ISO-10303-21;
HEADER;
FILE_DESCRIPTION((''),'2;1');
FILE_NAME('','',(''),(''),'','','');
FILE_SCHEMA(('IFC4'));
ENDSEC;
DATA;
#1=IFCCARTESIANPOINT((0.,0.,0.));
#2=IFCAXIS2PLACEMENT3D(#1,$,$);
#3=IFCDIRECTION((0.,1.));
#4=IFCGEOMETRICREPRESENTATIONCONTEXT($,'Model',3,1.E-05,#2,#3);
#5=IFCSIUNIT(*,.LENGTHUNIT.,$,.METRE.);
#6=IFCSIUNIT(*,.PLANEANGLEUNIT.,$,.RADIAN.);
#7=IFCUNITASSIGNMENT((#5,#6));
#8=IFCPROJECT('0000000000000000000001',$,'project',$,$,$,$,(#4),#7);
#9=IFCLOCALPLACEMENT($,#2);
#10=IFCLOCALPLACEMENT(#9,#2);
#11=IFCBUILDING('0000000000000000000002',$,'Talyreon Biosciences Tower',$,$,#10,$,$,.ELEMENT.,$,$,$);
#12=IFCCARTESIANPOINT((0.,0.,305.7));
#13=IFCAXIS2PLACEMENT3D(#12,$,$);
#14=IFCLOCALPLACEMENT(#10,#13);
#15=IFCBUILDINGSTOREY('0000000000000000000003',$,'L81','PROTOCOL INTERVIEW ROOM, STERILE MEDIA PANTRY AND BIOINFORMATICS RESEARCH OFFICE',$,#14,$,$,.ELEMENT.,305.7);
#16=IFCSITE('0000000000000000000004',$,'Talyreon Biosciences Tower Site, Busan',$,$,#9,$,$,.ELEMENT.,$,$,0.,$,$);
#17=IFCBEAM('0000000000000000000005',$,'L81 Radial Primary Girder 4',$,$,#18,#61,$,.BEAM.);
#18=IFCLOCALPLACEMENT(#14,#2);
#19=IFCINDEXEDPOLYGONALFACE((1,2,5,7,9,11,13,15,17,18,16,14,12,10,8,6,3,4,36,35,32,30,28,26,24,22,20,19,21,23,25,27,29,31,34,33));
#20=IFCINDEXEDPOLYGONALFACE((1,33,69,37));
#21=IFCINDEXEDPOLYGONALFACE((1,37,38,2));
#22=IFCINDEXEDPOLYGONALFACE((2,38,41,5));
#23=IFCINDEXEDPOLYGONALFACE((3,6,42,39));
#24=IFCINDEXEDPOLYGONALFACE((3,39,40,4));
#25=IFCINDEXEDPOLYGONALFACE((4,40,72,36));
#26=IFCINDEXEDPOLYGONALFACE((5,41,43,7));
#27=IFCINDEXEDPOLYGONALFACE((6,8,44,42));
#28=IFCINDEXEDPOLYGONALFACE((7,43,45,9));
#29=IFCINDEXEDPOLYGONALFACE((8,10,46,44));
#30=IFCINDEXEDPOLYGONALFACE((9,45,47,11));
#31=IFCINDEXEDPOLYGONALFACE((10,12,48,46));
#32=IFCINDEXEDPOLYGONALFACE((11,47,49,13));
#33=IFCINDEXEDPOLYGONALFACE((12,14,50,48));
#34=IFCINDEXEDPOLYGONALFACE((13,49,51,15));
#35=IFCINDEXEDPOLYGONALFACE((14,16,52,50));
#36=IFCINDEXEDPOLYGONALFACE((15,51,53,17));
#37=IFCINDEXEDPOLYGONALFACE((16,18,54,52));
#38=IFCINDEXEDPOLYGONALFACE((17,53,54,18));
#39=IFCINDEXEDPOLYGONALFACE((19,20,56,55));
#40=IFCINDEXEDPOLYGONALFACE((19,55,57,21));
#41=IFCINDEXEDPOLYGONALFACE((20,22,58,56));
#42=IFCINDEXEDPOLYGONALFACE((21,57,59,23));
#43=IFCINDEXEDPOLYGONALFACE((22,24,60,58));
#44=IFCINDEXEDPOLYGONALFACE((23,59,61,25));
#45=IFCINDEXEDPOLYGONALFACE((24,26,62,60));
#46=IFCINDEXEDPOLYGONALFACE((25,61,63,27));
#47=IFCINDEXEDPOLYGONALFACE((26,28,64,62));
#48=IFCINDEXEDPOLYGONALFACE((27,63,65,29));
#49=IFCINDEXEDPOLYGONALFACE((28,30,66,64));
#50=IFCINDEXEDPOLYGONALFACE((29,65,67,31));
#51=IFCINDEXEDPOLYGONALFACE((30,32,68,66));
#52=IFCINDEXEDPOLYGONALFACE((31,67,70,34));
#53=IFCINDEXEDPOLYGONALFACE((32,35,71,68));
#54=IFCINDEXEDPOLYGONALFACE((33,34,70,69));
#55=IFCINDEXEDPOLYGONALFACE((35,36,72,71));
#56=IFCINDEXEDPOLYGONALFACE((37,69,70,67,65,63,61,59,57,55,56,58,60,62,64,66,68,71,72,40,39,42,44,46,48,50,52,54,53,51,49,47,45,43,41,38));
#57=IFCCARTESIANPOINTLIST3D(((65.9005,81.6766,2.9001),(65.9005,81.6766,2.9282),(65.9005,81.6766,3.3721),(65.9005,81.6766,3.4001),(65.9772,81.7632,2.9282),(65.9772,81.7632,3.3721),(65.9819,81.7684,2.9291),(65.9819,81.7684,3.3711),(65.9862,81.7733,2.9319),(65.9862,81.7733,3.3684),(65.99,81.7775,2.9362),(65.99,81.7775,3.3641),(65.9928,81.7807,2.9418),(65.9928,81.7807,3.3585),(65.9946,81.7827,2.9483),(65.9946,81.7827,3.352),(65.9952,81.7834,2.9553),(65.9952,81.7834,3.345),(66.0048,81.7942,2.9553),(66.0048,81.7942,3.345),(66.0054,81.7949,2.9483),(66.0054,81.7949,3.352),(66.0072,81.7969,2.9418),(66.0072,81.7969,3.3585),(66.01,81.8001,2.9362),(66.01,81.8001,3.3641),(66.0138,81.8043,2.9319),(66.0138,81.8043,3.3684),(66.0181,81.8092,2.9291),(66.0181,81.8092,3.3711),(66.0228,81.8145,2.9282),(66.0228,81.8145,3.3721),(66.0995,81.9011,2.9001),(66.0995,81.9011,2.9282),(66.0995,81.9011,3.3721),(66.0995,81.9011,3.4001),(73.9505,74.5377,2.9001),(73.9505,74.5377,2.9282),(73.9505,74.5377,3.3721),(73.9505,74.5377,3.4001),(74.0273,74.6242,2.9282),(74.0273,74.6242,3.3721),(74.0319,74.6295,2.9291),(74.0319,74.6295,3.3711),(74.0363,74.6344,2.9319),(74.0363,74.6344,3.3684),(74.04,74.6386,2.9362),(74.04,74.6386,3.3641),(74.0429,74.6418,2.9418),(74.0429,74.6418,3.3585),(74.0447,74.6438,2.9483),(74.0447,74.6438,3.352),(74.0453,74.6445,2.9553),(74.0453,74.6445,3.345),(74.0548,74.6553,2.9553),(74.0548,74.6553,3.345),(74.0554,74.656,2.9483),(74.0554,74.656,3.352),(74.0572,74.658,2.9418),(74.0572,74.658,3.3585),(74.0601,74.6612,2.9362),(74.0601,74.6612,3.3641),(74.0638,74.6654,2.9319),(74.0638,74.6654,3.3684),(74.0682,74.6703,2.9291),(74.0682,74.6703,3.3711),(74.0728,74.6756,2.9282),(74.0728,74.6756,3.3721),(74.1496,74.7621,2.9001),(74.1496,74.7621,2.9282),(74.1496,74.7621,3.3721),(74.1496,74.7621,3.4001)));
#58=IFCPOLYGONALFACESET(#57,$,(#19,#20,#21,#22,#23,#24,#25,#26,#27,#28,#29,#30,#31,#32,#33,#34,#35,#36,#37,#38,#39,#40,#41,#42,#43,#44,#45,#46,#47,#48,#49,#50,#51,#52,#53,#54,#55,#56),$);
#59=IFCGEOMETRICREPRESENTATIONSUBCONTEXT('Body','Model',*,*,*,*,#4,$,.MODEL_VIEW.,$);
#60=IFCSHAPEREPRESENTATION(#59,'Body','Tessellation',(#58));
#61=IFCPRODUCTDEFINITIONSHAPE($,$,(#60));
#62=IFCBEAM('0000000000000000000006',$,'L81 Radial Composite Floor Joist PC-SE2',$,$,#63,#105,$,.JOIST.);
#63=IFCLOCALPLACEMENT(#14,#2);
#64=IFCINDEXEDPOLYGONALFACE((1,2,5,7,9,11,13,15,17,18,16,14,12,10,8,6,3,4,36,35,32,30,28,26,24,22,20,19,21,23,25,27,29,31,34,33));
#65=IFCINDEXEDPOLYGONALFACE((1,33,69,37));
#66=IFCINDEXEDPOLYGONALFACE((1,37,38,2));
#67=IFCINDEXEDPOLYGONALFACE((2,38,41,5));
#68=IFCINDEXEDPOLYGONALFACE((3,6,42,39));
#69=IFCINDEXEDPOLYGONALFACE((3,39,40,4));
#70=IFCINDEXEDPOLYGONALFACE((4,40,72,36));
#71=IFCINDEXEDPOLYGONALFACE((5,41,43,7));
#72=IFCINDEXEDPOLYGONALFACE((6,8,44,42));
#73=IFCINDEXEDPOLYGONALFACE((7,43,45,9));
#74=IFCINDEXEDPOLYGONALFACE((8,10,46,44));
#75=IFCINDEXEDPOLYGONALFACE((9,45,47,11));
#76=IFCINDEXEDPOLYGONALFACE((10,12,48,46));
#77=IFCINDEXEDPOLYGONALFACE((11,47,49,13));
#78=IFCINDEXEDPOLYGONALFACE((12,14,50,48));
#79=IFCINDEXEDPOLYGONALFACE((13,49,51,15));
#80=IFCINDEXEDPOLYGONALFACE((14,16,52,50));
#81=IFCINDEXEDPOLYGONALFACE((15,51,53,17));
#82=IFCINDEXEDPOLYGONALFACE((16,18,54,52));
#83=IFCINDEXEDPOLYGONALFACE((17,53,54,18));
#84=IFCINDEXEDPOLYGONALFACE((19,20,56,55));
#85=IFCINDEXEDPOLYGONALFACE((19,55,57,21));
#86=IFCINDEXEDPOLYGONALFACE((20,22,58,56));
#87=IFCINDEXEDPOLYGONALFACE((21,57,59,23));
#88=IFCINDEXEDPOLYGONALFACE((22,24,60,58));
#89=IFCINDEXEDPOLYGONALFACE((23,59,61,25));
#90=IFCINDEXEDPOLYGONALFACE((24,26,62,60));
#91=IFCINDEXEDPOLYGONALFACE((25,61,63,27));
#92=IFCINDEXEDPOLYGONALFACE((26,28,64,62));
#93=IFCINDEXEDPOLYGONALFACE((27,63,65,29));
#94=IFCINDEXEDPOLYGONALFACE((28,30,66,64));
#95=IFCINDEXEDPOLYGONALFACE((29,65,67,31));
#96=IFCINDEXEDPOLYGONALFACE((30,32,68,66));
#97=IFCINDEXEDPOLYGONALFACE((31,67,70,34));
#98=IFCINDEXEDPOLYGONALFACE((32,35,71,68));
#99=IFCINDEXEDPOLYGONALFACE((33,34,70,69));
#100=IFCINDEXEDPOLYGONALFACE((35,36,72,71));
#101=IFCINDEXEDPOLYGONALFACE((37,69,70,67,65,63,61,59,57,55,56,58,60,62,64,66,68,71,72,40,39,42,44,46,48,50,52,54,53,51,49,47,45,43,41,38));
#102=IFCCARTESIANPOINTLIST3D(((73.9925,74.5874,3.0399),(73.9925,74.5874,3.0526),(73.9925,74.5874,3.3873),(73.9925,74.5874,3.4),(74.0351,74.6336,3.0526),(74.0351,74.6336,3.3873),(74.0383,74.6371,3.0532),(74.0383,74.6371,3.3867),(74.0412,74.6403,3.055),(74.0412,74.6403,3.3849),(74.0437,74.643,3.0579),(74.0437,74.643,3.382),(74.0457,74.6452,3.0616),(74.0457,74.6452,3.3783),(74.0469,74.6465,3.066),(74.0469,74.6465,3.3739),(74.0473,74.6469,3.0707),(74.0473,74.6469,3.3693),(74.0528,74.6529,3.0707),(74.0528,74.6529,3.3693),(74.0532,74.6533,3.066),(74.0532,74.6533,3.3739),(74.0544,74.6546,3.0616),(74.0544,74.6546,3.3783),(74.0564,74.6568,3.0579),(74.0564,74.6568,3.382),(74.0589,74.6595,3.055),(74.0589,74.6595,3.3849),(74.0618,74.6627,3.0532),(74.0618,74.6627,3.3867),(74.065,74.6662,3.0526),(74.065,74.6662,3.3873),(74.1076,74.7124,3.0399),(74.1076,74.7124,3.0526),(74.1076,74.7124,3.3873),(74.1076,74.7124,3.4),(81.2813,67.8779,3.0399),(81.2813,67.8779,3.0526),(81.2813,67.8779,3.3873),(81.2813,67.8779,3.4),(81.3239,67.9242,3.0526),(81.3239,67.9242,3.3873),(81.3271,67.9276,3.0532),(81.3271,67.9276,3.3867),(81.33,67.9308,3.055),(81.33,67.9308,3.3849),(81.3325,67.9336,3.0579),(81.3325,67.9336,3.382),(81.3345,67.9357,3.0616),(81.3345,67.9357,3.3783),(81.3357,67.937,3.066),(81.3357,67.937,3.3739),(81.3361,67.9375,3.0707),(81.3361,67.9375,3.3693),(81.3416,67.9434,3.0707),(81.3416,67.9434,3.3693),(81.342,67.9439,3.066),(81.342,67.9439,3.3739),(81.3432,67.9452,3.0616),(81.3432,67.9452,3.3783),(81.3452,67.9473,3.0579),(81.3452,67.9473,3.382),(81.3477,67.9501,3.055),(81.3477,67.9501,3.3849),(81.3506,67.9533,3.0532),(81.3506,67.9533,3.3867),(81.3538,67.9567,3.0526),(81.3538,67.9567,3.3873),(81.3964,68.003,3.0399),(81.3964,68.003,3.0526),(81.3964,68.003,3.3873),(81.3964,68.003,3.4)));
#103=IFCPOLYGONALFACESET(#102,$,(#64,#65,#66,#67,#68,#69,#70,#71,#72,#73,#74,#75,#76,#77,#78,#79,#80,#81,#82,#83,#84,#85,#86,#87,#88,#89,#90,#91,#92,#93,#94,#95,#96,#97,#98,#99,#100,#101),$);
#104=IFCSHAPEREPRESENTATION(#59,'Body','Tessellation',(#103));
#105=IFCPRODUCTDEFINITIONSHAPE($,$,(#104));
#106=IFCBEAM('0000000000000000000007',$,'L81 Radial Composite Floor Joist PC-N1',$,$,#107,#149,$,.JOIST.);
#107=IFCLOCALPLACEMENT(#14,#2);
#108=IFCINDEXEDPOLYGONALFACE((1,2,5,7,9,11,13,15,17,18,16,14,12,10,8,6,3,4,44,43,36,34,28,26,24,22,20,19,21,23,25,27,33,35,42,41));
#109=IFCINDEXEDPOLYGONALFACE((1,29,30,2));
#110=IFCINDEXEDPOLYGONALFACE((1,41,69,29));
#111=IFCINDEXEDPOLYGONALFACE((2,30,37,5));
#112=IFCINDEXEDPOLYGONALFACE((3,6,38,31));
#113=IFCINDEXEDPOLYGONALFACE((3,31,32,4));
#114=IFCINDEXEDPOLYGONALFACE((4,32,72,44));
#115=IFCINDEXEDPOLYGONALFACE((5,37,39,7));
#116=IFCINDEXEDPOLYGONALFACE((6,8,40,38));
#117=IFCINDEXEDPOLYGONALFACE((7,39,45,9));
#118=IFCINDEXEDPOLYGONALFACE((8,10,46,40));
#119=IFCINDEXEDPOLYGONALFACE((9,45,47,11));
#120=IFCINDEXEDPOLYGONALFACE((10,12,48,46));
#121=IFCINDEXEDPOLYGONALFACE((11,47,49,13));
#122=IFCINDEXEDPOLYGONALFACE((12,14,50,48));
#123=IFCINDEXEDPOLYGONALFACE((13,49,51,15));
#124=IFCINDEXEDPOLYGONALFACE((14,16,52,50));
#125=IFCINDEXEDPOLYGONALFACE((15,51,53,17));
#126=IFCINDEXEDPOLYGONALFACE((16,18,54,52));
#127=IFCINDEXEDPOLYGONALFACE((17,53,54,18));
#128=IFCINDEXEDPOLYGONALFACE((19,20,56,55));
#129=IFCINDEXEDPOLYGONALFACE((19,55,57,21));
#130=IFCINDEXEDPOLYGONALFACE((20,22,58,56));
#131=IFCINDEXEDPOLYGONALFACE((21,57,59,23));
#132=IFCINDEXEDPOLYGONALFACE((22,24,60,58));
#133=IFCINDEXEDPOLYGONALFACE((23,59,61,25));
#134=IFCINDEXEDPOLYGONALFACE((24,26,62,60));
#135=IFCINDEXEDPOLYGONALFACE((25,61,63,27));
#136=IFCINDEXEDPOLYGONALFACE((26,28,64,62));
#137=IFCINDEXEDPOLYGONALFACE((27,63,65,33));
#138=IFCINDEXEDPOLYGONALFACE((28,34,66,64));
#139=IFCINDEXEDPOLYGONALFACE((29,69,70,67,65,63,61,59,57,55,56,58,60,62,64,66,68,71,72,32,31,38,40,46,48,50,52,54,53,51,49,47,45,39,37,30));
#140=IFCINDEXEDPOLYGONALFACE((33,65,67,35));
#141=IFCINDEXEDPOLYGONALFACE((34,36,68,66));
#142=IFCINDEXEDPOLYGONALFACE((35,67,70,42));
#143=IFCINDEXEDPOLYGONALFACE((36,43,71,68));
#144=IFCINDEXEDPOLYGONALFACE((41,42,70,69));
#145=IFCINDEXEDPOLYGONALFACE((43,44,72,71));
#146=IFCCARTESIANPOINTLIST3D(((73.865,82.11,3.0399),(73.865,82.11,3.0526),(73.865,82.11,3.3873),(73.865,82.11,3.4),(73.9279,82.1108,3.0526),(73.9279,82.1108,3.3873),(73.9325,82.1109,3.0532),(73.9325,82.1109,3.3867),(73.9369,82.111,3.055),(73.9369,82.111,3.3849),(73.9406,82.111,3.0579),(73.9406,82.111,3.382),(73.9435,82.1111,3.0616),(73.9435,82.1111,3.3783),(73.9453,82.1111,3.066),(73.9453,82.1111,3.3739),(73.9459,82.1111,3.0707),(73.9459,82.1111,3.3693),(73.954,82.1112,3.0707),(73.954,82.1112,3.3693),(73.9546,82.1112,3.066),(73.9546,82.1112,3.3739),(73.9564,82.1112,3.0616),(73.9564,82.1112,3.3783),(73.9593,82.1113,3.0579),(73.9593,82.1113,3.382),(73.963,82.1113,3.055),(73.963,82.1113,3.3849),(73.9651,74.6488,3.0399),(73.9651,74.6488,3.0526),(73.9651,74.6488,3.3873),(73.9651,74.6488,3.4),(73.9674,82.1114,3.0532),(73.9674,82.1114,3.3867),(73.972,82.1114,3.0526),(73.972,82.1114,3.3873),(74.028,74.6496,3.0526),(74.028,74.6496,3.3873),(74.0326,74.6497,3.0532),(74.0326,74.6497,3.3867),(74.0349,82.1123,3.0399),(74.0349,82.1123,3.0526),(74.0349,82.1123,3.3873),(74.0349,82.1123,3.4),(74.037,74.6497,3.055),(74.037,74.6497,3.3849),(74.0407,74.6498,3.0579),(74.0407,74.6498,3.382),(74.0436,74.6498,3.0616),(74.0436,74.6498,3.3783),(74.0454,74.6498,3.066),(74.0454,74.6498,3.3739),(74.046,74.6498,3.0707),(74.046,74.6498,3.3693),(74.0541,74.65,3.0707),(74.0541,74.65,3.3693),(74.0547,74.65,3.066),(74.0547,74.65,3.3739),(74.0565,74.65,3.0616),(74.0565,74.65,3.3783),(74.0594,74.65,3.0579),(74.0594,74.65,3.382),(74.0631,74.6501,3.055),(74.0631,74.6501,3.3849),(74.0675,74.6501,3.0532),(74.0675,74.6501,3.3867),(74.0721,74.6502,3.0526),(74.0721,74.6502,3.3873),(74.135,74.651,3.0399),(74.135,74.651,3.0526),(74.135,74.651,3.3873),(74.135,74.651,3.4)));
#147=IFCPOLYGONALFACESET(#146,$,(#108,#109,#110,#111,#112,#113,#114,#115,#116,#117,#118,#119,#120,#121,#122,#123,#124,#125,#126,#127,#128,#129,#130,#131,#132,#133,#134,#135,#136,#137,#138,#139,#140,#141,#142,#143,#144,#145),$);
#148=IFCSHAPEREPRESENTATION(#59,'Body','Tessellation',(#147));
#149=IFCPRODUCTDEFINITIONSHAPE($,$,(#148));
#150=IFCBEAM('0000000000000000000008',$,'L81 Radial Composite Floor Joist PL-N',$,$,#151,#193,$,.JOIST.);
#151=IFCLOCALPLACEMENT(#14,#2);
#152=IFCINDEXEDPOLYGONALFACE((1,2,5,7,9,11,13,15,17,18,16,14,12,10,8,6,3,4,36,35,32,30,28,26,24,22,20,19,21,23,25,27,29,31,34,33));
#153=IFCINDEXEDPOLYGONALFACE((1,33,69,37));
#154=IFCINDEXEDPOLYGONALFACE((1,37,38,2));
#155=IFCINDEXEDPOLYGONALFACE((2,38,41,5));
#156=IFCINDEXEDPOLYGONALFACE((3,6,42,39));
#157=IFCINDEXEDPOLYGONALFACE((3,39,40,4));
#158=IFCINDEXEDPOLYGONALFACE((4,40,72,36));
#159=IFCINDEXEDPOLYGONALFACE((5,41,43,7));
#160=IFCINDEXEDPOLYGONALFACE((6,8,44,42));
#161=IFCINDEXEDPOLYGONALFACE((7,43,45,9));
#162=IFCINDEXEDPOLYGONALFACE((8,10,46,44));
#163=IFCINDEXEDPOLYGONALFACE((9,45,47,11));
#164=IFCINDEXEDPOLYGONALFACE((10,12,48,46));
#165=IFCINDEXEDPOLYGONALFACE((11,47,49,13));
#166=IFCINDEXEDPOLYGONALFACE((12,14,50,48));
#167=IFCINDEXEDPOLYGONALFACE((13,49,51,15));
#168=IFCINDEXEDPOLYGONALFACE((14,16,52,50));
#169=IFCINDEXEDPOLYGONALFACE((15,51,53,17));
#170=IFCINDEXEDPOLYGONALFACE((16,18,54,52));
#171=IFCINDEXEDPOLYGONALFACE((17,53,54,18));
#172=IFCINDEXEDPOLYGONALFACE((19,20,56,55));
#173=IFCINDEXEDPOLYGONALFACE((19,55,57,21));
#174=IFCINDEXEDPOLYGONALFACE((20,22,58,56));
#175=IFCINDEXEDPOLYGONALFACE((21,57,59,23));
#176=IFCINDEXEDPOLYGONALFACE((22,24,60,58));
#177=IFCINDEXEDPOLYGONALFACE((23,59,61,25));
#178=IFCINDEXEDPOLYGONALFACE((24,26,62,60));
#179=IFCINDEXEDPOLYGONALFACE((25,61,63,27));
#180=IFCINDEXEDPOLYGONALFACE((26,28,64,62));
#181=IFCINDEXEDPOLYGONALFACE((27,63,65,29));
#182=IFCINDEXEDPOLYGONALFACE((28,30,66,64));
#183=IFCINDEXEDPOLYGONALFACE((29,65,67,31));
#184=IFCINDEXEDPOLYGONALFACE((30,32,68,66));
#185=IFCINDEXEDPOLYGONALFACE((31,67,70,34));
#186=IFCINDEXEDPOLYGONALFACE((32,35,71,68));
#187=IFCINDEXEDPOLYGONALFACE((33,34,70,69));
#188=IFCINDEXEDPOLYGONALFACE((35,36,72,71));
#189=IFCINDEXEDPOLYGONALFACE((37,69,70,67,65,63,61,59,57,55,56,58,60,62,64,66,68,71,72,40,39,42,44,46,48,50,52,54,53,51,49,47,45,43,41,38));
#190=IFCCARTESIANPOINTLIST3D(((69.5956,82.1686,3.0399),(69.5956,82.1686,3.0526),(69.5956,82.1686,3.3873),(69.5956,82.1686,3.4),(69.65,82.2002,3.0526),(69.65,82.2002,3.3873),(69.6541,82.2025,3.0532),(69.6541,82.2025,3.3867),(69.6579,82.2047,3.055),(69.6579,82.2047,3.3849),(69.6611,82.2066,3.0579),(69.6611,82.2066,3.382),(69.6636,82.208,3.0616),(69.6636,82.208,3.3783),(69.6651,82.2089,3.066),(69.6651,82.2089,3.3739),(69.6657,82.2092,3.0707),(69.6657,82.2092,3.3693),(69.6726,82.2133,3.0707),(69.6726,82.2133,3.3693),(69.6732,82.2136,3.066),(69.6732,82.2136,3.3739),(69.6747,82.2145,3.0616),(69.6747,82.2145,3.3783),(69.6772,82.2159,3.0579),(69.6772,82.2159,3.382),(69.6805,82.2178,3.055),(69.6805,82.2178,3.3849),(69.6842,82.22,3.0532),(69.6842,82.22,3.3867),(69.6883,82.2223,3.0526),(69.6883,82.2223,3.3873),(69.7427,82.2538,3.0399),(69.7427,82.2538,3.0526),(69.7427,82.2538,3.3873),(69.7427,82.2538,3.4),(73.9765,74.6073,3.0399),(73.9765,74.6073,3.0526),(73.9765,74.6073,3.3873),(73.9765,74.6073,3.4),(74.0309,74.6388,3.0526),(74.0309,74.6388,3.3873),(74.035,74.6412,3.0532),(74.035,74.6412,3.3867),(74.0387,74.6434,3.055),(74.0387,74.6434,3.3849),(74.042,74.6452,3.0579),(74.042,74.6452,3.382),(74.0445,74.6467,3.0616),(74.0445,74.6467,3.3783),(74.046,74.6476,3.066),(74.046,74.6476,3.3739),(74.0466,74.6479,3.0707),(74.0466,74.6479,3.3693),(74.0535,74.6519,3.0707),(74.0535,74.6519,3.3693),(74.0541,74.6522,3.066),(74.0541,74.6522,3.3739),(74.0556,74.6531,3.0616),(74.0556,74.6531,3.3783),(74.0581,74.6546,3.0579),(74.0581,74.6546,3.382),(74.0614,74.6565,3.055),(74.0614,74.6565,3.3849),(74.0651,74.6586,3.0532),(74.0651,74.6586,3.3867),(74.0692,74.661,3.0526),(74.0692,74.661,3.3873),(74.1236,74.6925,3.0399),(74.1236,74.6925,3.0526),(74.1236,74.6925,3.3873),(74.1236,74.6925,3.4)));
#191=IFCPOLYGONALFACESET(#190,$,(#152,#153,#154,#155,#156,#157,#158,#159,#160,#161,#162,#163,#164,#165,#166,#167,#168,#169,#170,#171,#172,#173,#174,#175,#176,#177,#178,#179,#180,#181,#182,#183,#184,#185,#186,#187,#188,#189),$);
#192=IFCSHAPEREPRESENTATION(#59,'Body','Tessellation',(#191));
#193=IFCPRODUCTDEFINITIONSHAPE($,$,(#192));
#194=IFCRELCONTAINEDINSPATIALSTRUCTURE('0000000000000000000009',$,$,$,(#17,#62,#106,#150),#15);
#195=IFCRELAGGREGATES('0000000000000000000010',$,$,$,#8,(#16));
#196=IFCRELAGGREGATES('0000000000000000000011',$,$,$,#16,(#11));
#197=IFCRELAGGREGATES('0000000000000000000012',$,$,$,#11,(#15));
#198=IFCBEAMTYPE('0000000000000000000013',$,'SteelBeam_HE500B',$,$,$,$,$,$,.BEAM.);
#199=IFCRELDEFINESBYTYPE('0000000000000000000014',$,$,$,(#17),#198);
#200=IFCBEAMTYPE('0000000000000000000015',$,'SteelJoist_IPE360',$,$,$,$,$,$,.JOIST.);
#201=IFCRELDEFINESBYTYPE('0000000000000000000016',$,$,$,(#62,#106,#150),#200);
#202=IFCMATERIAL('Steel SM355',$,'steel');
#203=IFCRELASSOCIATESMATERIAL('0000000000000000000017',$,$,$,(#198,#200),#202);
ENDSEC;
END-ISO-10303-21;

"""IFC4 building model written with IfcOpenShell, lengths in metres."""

from ifc_helpers import new_model, si_unit, direction, frame, origin, origin_2d, place, context, subcontext, project, spatial, i_section, extrude, material, material_profile, profile_set, type_object, element, save


model = new_model("IFC4")

# Units and contexts
model_context = context("Model", 3, precision=1e-05, world=origin(), true_north=direction((0.0, 1.0)))
body_context = subcontext(model_context, "Body", "Model", "MODEL_VIEW")
ifc_project = project(units=[si_unit("LENGTHUNIT", "METRE"), si_unit("PLANEANGLEUNIT", "RADIAN")], contexts=[model_context])

# Site, building, storey
site_placement = place(None, origin())
site = spatial("IfcSite", under=ifc_project, at=site_placement, Name="Talyreon Biosciences Tower Site, Busan", CompositionType="ELEMENT", RefElevation=0.0)
building_placement = place(site_placement, origin())
building = spatial("IfcBuilding", under=site, at=building_placement, Name="Talyreon Biosciences Tower", CompositionType="ELEMENT")
storey_placement = place(building_placement, frame((0.0, 0.0, 305.7)))
storey = spatial("IfcBuildingStorey", under=building, at=storey_placement, Name="L81", Description="PROTOCOL INTERVIEW ROOM, STERILE MEDIA PANTRY AND BIOINFORMATICS RESEARCH OFFICE", CompositionType="ELEMENT", Elevation=305.7)

# Beams
ifc_material_1 = material(Name="Steel SM355", Category="steel")
ifc_material_profile_1 = material_profile(ifc_material_1, i_section(OverallWidth=0.3, OverallDepth=0.5, WebThickness=0.0144, FlangeThickness=0.0281, FilletRadius=0.0271, at=origin_2d()), Name="HE500B")
ifc_profile_set_1 = profile_set([ifc_material_profile_1], Name="Steel SM355")
beam_type_1 = type_object("IfcBeamType", Name="SteelBeam_HE500B", PredefinedType="BEAM", material=ifc_profile_set_1)
beam_1_placement = place(storey_placement, frame((74.05, 74.6499, 3.1501), z_axis=(-0.748179, 0.663497, 0.0), x_axis=(-0.663497, -0.748179, 0.0)))
element("IfcBeam", 1, at=beam_1_placement, inside=storey, type_object=beam_type_1, Name="L81 Radial Primary Girder 4", PredefinedType="BEAM", context=body_context, shape_type="SweptSolid", body=[
    extrude(i_section(OverallWidth=0.3, OverallDepth=0.5, WebThickness=0.0144, FlangeThickness=0.0281, FilletRadius=0.0271, at=origin_2d()), origin(), (0.0, 0.0, 1.0), 10.7595),
])
ifc_material_profile_2 = material_profile(ifc_material_1, i_section(OverallWidth=0.1699, OverallDepth=0.3601, WebThickness=0.0081, FlangeThickness=0.0127, FilletRadius=0.0181, at=origin_2d()), Name="IPE360")
ifc_profile_set_2 = profile_set([ifc_material_profile_2], Name="Steel SM355")
beam_type_2 = type_object("IfcBeamType", Name="SteelJoist_IPE360", PredefinedType="JOIST", material=ifc_profile_set_2)
beam_2_placement = place(storey_placement, frame((74.05, 74.6499, 3.22), z_axis=(0.735742, -0.677262, 0.0), x_axis=(0.677262, 0.735742, 0.0)))
element("IfcBeam", 2, at=beam_2_placement, inside=storey, type_object=beam_type_2, Name="L81 Radial Composite Floor Joist PC-SE2", PredefinedType="JOIST", context=body_context, shape_type="SweptSolid", body=[
    extrude(i_section(OverallWidth=0.1699, OverallDepth=0.3601, WebThickness=0.0081, FlangeThickness=0.0127, FilletRadius=0.0181, at=origin_2d()), origin(), (0.0, 0.0, 1.0), 9.9067),
])
beam_3_placement = place(storey_placement, frame((74.05, 74.6499, 3.22), z_axis=(-0.013415, 0.99991, 0.0), x_axis=(-0.99991, -0.013415, 0.0)))
element("IfcBeam", 3, at=beam_3_placement, inside=storey, type_object=beam_type_2, Name="L81 Radial Composite Floor Joist PC-N1", PredefinedType="JOIST", context=body_context, shape_type="SweptSolid", body=[
    extrude(i_section(OverallWidth=0.1699, OverallDepth=0.3601, WebThickness=0.0081, FlangeThickness=0.0127, FilletRadius=0.0181, at=origin_2d()), origin(), (0.0, 0.0, 1.0), 7.4619),
])
beam_4_placement = place(storey_placement, frame((74.05, 74.6499, 3.22), z_axis=(-0.501317, 0.865264, 0.0), x_axis=(-0.865264, -0.501317, 0.0)))
element("IfcBeam", 4, at=beam_4_placement, inside=storey, type_object=beam_type_2, Name="L81 Radial Composite Floor Joist PL-N", PredefinedType="JOIST", context=body_context, shape_type="SweptSolid", body=[
    extrude(i_section(OverallWidth=0.1699, OverallDepth=0.3601, WebThickness=0.0081, FlangeThickness=0.0127, FilletRadius=0.0181, at=origin_2d()), origin(), (0.0, 0.0, 1.0), 8.7388),
])

save(model, "model.ifc")
